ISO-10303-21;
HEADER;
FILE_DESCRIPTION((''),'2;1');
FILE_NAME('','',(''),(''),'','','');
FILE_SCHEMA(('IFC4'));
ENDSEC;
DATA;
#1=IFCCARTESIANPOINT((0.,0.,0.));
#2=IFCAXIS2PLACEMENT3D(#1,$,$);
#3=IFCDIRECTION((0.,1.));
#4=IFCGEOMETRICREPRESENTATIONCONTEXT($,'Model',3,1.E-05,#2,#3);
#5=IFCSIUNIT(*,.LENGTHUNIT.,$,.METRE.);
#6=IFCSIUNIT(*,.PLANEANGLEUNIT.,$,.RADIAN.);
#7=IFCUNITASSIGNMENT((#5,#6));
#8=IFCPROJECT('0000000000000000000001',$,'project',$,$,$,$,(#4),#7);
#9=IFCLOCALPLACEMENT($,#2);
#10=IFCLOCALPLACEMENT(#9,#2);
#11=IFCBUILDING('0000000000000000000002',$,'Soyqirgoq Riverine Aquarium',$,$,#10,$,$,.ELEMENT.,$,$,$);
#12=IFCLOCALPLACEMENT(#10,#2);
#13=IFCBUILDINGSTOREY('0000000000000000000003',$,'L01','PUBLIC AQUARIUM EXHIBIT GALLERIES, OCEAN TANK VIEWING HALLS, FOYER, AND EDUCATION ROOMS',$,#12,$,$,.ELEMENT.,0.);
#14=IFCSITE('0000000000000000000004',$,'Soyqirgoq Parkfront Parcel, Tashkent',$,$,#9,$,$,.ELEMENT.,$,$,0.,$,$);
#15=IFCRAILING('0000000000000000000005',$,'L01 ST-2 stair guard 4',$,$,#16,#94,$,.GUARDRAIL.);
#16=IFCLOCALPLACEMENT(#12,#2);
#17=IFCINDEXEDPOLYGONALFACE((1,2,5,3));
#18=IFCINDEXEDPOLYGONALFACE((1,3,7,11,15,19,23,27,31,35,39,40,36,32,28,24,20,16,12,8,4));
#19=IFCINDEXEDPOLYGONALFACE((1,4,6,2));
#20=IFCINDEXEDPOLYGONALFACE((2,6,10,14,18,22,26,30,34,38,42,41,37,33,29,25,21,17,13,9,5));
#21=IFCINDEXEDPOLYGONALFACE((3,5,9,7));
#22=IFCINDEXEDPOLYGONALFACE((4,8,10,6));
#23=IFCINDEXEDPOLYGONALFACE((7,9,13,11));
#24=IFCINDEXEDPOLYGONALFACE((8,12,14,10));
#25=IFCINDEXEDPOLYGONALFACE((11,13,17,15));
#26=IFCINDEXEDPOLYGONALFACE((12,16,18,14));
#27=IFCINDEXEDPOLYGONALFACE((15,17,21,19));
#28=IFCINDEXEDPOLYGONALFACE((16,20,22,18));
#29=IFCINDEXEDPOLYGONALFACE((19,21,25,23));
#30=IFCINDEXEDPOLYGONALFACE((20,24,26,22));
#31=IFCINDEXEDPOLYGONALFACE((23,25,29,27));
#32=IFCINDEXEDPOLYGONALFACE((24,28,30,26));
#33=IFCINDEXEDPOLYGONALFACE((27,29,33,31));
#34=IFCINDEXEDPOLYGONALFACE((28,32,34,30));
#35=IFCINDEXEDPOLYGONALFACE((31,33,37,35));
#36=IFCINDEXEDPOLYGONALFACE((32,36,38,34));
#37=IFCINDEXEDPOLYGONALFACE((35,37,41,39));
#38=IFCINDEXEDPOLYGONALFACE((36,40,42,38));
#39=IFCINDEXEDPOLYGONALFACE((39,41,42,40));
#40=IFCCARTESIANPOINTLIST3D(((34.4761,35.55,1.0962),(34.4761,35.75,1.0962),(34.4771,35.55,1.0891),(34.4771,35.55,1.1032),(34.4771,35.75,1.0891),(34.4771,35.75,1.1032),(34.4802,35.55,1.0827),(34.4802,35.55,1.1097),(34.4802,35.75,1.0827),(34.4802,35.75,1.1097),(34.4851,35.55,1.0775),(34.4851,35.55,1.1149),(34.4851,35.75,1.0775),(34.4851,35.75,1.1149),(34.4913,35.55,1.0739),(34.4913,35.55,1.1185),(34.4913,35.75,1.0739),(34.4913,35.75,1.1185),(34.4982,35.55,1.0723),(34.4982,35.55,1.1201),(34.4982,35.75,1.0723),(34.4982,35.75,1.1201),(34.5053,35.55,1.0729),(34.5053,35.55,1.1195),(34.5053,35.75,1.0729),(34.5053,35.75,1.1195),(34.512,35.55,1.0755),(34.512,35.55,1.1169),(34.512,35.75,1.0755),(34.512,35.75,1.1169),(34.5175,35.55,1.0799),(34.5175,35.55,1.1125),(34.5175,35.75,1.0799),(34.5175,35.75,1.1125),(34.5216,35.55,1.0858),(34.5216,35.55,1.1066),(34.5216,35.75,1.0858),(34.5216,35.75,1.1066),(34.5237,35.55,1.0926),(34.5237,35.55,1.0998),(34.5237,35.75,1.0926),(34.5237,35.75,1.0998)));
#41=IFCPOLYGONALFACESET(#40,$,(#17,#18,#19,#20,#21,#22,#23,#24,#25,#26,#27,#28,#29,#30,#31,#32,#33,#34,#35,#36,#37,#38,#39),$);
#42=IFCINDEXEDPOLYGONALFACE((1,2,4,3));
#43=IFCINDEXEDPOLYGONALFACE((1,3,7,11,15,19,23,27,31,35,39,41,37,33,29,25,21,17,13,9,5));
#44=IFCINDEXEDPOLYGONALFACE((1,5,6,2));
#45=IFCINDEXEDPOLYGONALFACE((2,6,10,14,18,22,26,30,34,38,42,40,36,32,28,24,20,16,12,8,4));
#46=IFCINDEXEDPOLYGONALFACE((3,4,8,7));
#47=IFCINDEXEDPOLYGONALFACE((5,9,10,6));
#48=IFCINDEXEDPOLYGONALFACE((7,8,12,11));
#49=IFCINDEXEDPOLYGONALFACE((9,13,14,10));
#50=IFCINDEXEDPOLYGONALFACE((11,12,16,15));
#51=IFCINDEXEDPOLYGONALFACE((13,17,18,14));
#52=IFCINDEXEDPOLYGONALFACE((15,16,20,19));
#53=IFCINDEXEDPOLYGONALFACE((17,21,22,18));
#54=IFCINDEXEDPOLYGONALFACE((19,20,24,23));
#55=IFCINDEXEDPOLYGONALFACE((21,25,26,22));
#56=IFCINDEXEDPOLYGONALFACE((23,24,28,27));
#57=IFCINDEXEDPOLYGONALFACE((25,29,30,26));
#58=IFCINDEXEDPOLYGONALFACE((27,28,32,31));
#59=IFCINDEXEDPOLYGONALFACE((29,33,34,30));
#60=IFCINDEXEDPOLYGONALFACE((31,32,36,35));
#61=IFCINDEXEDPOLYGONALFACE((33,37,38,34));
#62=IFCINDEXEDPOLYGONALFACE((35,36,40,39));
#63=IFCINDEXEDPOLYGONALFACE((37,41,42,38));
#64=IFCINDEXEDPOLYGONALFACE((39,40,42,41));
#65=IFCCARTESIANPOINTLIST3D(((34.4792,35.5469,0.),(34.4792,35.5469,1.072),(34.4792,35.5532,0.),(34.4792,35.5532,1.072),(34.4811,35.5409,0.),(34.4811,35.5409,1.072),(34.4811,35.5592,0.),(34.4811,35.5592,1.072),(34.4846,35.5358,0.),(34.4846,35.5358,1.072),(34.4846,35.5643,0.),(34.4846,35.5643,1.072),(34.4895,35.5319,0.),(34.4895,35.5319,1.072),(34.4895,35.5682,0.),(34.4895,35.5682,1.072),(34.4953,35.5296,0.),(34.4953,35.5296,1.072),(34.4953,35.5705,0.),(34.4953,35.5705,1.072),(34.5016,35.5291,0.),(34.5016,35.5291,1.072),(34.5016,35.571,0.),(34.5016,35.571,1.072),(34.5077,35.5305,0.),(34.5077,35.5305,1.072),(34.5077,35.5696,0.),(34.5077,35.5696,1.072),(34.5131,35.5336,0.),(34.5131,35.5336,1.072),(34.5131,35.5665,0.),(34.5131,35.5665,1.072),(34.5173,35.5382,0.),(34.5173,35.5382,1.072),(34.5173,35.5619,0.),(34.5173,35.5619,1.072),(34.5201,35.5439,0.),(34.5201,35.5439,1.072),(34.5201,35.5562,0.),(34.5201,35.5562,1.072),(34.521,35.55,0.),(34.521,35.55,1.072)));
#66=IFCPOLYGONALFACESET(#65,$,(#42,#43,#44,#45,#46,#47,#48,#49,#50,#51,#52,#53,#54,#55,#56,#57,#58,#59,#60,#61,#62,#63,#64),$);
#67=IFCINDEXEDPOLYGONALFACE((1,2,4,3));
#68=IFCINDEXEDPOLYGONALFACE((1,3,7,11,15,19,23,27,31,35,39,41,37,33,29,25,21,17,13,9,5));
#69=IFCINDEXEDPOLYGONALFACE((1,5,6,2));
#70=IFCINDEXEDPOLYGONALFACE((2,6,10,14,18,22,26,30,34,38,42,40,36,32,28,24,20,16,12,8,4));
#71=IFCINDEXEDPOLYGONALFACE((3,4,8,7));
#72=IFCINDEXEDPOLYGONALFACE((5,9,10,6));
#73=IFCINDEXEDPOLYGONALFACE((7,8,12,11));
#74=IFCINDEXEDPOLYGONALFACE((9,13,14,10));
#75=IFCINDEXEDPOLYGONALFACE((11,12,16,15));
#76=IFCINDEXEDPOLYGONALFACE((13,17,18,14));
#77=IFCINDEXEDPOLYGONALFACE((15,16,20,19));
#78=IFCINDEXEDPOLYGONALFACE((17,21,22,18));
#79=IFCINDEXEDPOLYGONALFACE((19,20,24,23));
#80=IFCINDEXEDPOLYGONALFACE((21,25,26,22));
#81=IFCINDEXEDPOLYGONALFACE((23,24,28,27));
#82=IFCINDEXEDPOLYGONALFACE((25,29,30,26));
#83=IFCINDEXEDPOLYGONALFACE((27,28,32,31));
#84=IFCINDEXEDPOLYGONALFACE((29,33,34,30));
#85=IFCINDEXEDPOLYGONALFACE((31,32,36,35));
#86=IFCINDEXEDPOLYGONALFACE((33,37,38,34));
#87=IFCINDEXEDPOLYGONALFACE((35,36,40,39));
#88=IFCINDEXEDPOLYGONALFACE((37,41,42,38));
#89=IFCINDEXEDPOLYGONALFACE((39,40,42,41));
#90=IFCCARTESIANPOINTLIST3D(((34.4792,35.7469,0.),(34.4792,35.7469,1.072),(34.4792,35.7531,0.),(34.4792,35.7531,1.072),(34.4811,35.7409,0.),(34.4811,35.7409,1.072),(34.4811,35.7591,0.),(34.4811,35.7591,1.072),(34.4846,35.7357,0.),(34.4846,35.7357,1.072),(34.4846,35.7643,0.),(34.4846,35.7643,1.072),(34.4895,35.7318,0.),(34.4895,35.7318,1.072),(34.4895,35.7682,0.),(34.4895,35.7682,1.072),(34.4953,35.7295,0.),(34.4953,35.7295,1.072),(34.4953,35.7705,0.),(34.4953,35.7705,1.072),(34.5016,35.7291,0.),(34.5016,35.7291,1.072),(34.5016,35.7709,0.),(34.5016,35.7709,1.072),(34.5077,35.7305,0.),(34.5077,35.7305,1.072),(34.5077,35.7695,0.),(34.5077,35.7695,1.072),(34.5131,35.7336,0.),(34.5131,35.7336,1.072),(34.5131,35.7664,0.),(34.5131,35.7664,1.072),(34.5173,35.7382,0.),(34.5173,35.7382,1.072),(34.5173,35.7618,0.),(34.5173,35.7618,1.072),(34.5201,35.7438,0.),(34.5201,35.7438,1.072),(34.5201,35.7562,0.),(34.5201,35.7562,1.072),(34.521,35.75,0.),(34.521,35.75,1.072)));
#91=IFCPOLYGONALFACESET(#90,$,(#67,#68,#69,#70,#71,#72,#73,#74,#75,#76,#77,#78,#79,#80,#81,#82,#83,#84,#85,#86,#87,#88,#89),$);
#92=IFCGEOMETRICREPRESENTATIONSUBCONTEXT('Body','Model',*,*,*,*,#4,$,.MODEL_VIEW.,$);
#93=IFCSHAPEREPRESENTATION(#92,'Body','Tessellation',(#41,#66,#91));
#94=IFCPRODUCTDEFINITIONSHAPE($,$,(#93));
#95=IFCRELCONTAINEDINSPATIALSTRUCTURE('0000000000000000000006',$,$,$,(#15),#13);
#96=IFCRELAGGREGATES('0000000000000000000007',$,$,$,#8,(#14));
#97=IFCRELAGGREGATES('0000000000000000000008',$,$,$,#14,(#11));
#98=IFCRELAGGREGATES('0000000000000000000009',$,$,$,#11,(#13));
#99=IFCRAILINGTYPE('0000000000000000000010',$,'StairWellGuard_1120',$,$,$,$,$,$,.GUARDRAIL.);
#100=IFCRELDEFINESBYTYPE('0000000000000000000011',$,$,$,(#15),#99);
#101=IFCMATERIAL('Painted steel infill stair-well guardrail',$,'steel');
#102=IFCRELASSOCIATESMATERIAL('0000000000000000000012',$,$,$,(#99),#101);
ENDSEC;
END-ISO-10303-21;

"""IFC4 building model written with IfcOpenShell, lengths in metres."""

from ifc_helpers import new_model, si_unit, direction, frame, origin, origin_2d, place, context, subcontext, project, spatial, circle, extrude, material, type_object, element, save


model = new_model("IFC4")

# Units and contexts
model_context = context("Model", 3, precision=1e-05, world=origin(), true_north=direction((0.0, 1.0)))
body_context = subcontext(model_context, "Body", "Model", "MODEL_VIEW")
ifc_project = project(units=[si_unit("LENGTHUNIT", "METRE"), si_unit("PLANEANGLEUNIT", "RADIAN")], contexts=[model_context])

# Site, building, storey
site_placement = place(None, origin())
site = spatial("IfcSite", under=ifc_project, at=site_placement, Name="Soyqirgoq Parkfront Parcel, Tashkent", CompositionType="ELEMENT", RefElevation=0.0)
building_placement = place(site_placement, origin())
building = spatial("IfcBuilding", under=site, at=building_placement, Name="Soyqirgoq Riverine Aquarium", CompositionType="ELEMENT")
storey_placement = place(building_placement, origin())
storey = spatial("IfcBuildingStorey", under=building, at=storey_placement, Name="L01", Description="PUBLIC AQUARIUM EXHIBIT GALLERIES, OCEAN TANK VIEWING HALLS, FOYER, AND EDUCATION ROOMS", CompositionType="ELEMENT", Elevation=0.0)

# Railing
ifc_material_1 = material(Name="Painted steel infill stair-well guardrail", Category="steel")
railing_type_1 = type_object("IfcRailingType", Name="StairWellGuard_1120", PredefinedType="GUARDRAIL", material=ifc_material_1)
railing_1_placement = place(storey_placement, frame((34.5, 35.55, 0.0)))
element("IfcRailing", 1, at=railing_1_placement, inside=storey, type_object=railing_type_1, Name="L01 ST-2 stair guard 4", PredefinedType="GUARDRAIL", context=body_context, shape_type="SweptSolid", body=[
    extrude(circle(Radius=0.0239, at=origin_2d()), frame((0.0, 0.0, 1.0962), z_axis=(0.0, 1.0, 0.0), x_axis=(-1.0, 0.0, 0.0)), (0.0, 0.0, 1.0), 0.2),
    extrude(circle(Radius=0.021, at=origin_2d()), origin(), (0.0, 0.0, 1.0), 1.072),
    extrude(circle(Radius=0.021, at=origin_2d()), frame((0.0, 0.2, 0.0)), (0.0, 0.0, 1.0), 1.072),
])

save(model, "model.ifc")
